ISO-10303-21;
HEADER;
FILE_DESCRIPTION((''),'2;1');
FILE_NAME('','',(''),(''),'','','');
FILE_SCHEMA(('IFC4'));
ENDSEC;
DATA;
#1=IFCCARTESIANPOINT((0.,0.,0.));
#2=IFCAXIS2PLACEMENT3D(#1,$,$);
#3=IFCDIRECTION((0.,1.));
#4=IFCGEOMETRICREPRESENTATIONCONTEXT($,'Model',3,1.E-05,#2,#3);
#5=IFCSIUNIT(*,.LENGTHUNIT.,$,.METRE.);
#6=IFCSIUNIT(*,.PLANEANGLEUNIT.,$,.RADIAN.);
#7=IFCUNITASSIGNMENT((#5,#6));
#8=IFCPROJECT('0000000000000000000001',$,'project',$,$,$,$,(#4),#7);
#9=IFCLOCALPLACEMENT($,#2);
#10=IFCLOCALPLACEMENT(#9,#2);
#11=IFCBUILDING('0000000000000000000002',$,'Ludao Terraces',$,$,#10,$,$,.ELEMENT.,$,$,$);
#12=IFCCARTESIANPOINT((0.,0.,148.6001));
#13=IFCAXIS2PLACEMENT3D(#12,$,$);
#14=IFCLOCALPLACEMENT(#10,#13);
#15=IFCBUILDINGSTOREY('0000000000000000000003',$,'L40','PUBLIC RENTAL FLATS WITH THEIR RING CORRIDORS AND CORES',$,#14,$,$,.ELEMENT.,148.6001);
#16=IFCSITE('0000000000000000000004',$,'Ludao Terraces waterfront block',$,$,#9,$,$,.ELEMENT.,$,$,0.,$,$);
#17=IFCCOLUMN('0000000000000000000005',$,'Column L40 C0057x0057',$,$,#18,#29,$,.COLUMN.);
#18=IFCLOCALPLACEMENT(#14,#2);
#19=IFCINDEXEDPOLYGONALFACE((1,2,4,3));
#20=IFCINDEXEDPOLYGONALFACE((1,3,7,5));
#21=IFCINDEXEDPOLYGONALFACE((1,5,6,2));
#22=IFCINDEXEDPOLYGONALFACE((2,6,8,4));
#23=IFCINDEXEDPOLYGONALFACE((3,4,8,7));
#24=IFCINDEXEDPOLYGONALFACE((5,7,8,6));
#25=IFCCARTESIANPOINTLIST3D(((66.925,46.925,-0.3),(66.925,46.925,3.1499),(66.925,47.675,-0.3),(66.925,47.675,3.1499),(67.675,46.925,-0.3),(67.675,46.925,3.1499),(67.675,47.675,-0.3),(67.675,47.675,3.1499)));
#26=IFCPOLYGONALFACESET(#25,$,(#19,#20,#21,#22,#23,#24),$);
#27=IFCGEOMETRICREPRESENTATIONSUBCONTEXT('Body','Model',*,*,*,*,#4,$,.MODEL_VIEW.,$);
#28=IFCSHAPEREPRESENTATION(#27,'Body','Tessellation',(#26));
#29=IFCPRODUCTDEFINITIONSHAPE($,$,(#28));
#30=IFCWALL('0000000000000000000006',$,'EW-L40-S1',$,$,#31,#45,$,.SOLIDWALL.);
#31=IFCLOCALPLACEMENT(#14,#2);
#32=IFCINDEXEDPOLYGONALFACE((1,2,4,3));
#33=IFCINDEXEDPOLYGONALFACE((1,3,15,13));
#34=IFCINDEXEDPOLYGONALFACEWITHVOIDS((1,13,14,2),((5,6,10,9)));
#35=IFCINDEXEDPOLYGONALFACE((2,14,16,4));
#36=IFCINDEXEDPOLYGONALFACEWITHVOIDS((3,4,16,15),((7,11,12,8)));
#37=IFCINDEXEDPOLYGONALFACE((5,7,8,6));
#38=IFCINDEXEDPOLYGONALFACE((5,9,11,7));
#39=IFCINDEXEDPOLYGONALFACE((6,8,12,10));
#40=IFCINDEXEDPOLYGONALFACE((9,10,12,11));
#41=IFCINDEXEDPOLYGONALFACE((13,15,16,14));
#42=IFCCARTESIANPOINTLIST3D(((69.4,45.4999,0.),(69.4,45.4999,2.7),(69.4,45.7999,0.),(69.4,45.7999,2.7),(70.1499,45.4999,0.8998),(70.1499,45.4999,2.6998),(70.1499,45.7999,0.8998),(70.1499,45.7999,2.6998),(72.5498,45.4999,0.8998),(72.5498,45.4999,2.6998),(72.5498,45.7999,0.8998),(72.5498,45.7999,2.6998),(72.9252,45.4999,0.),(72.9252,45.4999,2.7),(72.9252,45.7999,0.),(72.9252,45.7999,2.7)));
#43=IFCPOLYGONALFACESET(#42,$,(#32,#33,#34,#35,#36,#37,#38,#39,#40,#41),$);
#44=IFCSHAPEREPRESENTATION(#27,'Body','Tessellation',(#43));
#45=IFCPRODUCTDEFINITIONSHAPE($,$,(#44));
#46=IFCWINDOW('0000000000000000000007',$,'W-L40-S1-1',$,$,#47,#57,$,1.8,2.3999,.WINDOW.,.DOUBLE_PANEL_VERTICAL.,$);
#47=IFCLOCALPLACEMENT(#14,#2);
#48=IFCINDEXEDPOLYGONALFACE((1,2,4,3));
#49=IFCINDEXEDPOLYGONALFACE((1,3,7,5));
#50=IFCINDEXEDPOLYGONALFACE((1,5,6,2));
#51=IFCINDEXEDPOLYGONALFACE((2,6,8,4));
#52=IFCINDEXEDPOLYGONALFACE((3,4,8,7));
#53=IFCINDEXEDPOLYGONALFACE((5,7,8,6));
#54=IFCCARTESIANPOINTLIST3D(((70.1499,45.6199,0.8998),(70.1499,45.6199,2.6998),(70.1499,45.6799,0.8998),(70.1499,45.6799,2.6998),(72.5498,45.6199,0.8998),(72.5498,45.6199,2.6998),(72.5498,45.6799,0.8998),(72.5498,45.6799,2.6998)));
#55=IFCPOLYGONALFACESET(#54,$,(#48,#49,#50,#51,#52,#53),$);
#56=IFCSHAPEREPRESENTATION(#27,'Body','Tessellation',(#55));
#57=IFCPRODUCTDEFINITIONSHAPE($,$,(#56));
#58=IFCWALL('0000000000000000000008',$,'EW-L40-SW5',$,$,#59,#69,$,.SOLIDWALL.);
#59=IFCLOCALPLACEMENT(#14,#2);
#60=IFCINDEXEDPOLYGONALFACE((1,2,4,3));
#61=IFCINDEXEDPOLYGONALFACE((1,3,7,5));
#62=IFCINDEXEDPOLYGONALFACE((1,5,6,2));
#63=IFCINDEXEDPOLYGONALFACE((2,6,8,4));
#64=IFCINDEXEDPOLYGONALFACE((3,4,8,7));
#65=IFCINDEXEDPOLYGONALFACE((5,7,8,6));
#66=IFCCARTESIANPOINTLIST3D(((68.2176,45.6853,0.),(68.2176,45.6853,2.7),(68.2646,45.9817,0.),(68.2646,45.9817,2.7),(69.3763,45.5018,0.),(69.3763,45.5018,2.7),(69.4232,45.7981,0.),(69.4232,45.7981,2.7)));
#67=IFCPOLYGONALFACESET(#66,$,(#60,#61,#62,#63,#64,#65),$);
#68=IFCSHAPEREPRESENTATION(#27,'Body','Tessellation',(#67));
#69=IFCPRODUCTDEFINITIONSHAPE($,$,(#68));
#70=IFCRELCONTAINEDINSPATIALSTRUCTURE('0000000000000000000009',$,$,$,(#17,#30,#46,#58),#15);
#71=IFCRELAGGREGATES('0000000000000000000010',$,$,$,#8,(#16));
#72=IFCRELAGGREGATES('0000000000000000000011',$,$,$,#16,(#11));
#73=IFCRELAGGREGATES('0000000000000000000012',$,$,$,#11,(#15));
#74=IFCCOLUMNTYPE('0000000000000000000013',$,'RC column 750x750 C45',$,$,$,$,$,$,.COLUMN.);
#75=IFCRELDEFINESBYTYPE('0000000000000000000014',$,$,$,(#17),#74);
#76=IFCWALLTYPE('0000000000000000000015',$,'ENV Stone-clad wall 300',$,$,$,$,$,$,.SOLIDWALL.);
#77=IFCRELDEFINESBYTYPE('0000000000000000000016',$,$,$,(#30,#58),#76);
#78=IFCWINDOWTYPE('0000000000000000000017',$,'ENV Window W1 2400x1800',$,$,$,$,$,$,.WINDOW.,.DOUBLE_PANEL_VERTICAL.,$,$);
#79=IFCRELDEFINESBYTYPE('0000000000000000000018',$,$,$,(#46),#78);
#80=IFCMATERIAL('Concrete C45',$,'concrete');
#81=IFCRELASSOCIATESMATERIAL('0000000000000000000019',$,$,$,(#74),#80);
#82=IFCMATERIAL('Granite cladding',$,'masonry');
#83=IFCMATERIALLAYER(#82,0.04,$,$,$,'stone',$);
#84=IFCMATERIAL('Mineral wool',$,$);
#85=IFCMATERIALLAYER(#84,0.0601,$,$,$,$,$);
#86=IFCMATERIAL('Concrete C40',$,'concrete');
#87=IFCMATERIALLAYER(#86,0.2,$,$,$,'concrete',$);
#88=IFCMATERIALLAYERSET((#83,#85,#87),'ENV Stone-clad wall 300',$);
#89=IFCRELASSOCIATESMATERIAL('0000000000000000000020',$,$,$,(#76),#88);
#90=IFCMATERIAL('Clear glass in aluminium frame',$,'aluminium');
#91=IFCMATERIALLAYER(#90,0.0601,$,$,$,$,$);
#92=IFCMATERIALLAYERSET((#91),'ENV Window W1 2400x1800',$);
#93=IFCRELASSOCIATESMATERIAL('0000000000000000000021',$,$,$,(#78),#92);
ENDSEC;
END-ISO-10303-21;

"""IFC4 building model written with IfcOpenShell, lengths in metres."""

from ifc_helpers import new_model, si_unit, direction, frame, frame_2d, origin, origin_2d, place, context, subcontext, project, spatial, rectangle, extrude, material, layer, layer_set, material_profile, profile_set, type_object, element, fill, save


model = new_model("IFC4")

# Units and contexts
model_context = context("Model", 3, precision=1e-05, world=origin(), true_north=direction((0.0, 1.0)))
body_context = subcontext(model_context, "Body", "Model", "MODEL_VIEW")
ifc_project = project(units=[si_unit("LENGTHUNIT", "METRE"), si_unit("PLANEANGLEUNIT", "RADIAN")], contexts=[model_context])

# Site, building, storey
site_placement = place(None, origin())
site = spatial("IfcSite", under=ifc_project, at=site_placement, Name="Ludao Terraces waterfront block", CompositionType="ELEMENT", RefElevation=0.0)
building_placement = place(site_placement, origin())
building = spatial("IfcBuilding", under=site, at=building_placement, Name="Ludao Terraces", CompositionType="ELEMENT")
storey_placement = place(building_placement, frame((0.0, 0.0, 148.6001)))
storey = spatial("IfcBuildingStorey", under=building, at=storey_placement, Name="L40", Description="PUBLIC RENTAL FLATS WITH THEIR RING CORRIDORS AND CORES", CompositionType="ELEMENT", Elevation=148.6001)

# Column
ifc_material_1 = material(Name="Concrete C45", Category="concrete")
ifc_material_profile = material_profile(ifc_material_1, rectangle(XDim=0.75, YDim=0.75, at=origin_2d()), Name="750 X 750")
ifc_profile_set = profile_set([ifc_material_profile], Name="Concrete C45")
column_type = type_object("IfcColumnType", Name="RC column 750x750 C45", PredefinedType="COLUMN", material=ifc_profile_set)
column_placement = place(storey_placement, frame((67.3, 47.3, -0.3), z_axis=(0.0, 0.0, 1.0), x_axis=(1.0, 0.0, 0.0)))
element("IfcColumn", 1, at=column_placement, inside=storey, type_object=column_type, Name="Column L40 C0057x0057", PredefinedType="COLUMN", context=body_context, shape_type="SweptSolid", body=[
    extrude(rectangle(XDim=0.75, YDim=0.75, at=origin_2d()), origin(), (0.0, 0.0, 1.0), 3.45),
])

# Wall, opening, window
ifc_material_2 = material(Name="Granite cladding", Category="masonry")
ifc_layer_1 = layer(ifc_material_2, 0.04, Category="stone")
ifc_material_3 = material(Name="Mineral wool")
ifc_layer_2 = layer(ifc_material_3, 0.0601)
ifc_material_4 = material(Name="Concrete C40", Category="concrete")
ifc_layer_3 = layer(ifc_material_4, 0.2, Category="concrete")
ifc_layer_set_1 = layer_set([ifc_layer_1, ifc_layer_2, ifc_layer_3], Name="ENV Stone-clad wall 300")
wall_type_1 = type_object("IfcWallType", Name="ENV Stone-clad wall 300", PredefinedType="SOLIDWALL", material=ifc_layer_set_1)
wall_1_placement = place(storey_placement, frame((69.3999, 45.6499, 0.0), z_axis=(0.0, 0.0, 1.0), x_axis=(1.0, 0.0, 0.0)))
wall_1 = element("IfcWall", 2, at=wall_1_placement, inside=storey, type_object=wall_type_1, Name="EW-L40-S1", PredefinedType="SOLIDWALL", context=body_context, shape_type="SweptSolid", body=[
    extrude(rectangle(XDim=3.5251, YDim=0.3, at=frame_2d((1.7627, 0.0))), origin(), (0.0, 0.0, 1.0), 2.7),
])
opening_1_placement = place(wall_1_placement, frame((0.75, 0.0, 0.8999)))
opening_1 = element("IfcOpeningElement", 3, at=opening_1_placement, cuts=wall_1, PredefinedType="OPENING", context=body_context, shape_type="SweptSolid", body=[
    extrude(rectangle(XDim=2.3999, YDim=1.8, at=frame_2d((1.2, 0.8999))), frame((0.0, 0.1602, 0.0), z_axis=(0.0, -1.0, 0.0), x_axis=(1.0, 0.0, 0.0)), (0.0, 0.0, 1.0), 0.3201),
])
ifc_material_5 = material(Name="Clear glass in aluminium frame", Category="aluminium")
ifc_layer_4 = layer(ifc_material_5, 0.0601)
ifc_layer_set_2 = layer_set([ifc_layer_4], Name="ENV Window W1 2400x1800")
window_type = type_object("IfcWindowType", Name="ENV Window W1 2400x1800", PartitioningType="DOUBLE_PANEL_VERTICAL", PredefinedType="WINDOW", material=ifc_layer_set_2)
window_placement = place(opening_1_placement, origin())
window = element("IfcWindow", 4, at=window_placement, inside=storey, type_object=window_type, Name="W-L40-S1-1", OverallHeight=1.8, OverallWidth=2.3999, PartitioningType="DOUBLE_PANEL_VERTICAL", PredefinedType="WINDOW", context=body_context, shape_type="SweptSolid", body=[
    extrude(rectangle(XDim=2.3999, YDim=1.8, at=frame_2d((1.2, 0.8999))), frame((0.0, 0.03, 0.0), z_axis=(0.0, -1.0, 0.0), x_axis=(1.0, 0.0, 0.0)), (0.0, 0.0, 1.0), 0.0601),
])
fill(opening_1, window)

# Wall
wall_2_placement = place(storey_placement, frame((68.2412, 45.8335, 0.0), z_axis=(0.0, 0.0, 1.0), x_axis=(0.987678, -0.156497, 0.0)))
element("IfcWall", 5, at=wall_2_placement, inside=storey, type_object=wall_type_1, Name="EW-L40-SW5", PredefinedType="SOLIDWALL", context=body_context, shape_type="SweptSolid", body=[
    extrude(rectangle(XDim=1.1731, YDim=0.3, at=frame_2d((0.5864, 0.0))), origin(), (0.0, 0.0, 1.0), 2.7),
])

save(model, "model.ifc")
